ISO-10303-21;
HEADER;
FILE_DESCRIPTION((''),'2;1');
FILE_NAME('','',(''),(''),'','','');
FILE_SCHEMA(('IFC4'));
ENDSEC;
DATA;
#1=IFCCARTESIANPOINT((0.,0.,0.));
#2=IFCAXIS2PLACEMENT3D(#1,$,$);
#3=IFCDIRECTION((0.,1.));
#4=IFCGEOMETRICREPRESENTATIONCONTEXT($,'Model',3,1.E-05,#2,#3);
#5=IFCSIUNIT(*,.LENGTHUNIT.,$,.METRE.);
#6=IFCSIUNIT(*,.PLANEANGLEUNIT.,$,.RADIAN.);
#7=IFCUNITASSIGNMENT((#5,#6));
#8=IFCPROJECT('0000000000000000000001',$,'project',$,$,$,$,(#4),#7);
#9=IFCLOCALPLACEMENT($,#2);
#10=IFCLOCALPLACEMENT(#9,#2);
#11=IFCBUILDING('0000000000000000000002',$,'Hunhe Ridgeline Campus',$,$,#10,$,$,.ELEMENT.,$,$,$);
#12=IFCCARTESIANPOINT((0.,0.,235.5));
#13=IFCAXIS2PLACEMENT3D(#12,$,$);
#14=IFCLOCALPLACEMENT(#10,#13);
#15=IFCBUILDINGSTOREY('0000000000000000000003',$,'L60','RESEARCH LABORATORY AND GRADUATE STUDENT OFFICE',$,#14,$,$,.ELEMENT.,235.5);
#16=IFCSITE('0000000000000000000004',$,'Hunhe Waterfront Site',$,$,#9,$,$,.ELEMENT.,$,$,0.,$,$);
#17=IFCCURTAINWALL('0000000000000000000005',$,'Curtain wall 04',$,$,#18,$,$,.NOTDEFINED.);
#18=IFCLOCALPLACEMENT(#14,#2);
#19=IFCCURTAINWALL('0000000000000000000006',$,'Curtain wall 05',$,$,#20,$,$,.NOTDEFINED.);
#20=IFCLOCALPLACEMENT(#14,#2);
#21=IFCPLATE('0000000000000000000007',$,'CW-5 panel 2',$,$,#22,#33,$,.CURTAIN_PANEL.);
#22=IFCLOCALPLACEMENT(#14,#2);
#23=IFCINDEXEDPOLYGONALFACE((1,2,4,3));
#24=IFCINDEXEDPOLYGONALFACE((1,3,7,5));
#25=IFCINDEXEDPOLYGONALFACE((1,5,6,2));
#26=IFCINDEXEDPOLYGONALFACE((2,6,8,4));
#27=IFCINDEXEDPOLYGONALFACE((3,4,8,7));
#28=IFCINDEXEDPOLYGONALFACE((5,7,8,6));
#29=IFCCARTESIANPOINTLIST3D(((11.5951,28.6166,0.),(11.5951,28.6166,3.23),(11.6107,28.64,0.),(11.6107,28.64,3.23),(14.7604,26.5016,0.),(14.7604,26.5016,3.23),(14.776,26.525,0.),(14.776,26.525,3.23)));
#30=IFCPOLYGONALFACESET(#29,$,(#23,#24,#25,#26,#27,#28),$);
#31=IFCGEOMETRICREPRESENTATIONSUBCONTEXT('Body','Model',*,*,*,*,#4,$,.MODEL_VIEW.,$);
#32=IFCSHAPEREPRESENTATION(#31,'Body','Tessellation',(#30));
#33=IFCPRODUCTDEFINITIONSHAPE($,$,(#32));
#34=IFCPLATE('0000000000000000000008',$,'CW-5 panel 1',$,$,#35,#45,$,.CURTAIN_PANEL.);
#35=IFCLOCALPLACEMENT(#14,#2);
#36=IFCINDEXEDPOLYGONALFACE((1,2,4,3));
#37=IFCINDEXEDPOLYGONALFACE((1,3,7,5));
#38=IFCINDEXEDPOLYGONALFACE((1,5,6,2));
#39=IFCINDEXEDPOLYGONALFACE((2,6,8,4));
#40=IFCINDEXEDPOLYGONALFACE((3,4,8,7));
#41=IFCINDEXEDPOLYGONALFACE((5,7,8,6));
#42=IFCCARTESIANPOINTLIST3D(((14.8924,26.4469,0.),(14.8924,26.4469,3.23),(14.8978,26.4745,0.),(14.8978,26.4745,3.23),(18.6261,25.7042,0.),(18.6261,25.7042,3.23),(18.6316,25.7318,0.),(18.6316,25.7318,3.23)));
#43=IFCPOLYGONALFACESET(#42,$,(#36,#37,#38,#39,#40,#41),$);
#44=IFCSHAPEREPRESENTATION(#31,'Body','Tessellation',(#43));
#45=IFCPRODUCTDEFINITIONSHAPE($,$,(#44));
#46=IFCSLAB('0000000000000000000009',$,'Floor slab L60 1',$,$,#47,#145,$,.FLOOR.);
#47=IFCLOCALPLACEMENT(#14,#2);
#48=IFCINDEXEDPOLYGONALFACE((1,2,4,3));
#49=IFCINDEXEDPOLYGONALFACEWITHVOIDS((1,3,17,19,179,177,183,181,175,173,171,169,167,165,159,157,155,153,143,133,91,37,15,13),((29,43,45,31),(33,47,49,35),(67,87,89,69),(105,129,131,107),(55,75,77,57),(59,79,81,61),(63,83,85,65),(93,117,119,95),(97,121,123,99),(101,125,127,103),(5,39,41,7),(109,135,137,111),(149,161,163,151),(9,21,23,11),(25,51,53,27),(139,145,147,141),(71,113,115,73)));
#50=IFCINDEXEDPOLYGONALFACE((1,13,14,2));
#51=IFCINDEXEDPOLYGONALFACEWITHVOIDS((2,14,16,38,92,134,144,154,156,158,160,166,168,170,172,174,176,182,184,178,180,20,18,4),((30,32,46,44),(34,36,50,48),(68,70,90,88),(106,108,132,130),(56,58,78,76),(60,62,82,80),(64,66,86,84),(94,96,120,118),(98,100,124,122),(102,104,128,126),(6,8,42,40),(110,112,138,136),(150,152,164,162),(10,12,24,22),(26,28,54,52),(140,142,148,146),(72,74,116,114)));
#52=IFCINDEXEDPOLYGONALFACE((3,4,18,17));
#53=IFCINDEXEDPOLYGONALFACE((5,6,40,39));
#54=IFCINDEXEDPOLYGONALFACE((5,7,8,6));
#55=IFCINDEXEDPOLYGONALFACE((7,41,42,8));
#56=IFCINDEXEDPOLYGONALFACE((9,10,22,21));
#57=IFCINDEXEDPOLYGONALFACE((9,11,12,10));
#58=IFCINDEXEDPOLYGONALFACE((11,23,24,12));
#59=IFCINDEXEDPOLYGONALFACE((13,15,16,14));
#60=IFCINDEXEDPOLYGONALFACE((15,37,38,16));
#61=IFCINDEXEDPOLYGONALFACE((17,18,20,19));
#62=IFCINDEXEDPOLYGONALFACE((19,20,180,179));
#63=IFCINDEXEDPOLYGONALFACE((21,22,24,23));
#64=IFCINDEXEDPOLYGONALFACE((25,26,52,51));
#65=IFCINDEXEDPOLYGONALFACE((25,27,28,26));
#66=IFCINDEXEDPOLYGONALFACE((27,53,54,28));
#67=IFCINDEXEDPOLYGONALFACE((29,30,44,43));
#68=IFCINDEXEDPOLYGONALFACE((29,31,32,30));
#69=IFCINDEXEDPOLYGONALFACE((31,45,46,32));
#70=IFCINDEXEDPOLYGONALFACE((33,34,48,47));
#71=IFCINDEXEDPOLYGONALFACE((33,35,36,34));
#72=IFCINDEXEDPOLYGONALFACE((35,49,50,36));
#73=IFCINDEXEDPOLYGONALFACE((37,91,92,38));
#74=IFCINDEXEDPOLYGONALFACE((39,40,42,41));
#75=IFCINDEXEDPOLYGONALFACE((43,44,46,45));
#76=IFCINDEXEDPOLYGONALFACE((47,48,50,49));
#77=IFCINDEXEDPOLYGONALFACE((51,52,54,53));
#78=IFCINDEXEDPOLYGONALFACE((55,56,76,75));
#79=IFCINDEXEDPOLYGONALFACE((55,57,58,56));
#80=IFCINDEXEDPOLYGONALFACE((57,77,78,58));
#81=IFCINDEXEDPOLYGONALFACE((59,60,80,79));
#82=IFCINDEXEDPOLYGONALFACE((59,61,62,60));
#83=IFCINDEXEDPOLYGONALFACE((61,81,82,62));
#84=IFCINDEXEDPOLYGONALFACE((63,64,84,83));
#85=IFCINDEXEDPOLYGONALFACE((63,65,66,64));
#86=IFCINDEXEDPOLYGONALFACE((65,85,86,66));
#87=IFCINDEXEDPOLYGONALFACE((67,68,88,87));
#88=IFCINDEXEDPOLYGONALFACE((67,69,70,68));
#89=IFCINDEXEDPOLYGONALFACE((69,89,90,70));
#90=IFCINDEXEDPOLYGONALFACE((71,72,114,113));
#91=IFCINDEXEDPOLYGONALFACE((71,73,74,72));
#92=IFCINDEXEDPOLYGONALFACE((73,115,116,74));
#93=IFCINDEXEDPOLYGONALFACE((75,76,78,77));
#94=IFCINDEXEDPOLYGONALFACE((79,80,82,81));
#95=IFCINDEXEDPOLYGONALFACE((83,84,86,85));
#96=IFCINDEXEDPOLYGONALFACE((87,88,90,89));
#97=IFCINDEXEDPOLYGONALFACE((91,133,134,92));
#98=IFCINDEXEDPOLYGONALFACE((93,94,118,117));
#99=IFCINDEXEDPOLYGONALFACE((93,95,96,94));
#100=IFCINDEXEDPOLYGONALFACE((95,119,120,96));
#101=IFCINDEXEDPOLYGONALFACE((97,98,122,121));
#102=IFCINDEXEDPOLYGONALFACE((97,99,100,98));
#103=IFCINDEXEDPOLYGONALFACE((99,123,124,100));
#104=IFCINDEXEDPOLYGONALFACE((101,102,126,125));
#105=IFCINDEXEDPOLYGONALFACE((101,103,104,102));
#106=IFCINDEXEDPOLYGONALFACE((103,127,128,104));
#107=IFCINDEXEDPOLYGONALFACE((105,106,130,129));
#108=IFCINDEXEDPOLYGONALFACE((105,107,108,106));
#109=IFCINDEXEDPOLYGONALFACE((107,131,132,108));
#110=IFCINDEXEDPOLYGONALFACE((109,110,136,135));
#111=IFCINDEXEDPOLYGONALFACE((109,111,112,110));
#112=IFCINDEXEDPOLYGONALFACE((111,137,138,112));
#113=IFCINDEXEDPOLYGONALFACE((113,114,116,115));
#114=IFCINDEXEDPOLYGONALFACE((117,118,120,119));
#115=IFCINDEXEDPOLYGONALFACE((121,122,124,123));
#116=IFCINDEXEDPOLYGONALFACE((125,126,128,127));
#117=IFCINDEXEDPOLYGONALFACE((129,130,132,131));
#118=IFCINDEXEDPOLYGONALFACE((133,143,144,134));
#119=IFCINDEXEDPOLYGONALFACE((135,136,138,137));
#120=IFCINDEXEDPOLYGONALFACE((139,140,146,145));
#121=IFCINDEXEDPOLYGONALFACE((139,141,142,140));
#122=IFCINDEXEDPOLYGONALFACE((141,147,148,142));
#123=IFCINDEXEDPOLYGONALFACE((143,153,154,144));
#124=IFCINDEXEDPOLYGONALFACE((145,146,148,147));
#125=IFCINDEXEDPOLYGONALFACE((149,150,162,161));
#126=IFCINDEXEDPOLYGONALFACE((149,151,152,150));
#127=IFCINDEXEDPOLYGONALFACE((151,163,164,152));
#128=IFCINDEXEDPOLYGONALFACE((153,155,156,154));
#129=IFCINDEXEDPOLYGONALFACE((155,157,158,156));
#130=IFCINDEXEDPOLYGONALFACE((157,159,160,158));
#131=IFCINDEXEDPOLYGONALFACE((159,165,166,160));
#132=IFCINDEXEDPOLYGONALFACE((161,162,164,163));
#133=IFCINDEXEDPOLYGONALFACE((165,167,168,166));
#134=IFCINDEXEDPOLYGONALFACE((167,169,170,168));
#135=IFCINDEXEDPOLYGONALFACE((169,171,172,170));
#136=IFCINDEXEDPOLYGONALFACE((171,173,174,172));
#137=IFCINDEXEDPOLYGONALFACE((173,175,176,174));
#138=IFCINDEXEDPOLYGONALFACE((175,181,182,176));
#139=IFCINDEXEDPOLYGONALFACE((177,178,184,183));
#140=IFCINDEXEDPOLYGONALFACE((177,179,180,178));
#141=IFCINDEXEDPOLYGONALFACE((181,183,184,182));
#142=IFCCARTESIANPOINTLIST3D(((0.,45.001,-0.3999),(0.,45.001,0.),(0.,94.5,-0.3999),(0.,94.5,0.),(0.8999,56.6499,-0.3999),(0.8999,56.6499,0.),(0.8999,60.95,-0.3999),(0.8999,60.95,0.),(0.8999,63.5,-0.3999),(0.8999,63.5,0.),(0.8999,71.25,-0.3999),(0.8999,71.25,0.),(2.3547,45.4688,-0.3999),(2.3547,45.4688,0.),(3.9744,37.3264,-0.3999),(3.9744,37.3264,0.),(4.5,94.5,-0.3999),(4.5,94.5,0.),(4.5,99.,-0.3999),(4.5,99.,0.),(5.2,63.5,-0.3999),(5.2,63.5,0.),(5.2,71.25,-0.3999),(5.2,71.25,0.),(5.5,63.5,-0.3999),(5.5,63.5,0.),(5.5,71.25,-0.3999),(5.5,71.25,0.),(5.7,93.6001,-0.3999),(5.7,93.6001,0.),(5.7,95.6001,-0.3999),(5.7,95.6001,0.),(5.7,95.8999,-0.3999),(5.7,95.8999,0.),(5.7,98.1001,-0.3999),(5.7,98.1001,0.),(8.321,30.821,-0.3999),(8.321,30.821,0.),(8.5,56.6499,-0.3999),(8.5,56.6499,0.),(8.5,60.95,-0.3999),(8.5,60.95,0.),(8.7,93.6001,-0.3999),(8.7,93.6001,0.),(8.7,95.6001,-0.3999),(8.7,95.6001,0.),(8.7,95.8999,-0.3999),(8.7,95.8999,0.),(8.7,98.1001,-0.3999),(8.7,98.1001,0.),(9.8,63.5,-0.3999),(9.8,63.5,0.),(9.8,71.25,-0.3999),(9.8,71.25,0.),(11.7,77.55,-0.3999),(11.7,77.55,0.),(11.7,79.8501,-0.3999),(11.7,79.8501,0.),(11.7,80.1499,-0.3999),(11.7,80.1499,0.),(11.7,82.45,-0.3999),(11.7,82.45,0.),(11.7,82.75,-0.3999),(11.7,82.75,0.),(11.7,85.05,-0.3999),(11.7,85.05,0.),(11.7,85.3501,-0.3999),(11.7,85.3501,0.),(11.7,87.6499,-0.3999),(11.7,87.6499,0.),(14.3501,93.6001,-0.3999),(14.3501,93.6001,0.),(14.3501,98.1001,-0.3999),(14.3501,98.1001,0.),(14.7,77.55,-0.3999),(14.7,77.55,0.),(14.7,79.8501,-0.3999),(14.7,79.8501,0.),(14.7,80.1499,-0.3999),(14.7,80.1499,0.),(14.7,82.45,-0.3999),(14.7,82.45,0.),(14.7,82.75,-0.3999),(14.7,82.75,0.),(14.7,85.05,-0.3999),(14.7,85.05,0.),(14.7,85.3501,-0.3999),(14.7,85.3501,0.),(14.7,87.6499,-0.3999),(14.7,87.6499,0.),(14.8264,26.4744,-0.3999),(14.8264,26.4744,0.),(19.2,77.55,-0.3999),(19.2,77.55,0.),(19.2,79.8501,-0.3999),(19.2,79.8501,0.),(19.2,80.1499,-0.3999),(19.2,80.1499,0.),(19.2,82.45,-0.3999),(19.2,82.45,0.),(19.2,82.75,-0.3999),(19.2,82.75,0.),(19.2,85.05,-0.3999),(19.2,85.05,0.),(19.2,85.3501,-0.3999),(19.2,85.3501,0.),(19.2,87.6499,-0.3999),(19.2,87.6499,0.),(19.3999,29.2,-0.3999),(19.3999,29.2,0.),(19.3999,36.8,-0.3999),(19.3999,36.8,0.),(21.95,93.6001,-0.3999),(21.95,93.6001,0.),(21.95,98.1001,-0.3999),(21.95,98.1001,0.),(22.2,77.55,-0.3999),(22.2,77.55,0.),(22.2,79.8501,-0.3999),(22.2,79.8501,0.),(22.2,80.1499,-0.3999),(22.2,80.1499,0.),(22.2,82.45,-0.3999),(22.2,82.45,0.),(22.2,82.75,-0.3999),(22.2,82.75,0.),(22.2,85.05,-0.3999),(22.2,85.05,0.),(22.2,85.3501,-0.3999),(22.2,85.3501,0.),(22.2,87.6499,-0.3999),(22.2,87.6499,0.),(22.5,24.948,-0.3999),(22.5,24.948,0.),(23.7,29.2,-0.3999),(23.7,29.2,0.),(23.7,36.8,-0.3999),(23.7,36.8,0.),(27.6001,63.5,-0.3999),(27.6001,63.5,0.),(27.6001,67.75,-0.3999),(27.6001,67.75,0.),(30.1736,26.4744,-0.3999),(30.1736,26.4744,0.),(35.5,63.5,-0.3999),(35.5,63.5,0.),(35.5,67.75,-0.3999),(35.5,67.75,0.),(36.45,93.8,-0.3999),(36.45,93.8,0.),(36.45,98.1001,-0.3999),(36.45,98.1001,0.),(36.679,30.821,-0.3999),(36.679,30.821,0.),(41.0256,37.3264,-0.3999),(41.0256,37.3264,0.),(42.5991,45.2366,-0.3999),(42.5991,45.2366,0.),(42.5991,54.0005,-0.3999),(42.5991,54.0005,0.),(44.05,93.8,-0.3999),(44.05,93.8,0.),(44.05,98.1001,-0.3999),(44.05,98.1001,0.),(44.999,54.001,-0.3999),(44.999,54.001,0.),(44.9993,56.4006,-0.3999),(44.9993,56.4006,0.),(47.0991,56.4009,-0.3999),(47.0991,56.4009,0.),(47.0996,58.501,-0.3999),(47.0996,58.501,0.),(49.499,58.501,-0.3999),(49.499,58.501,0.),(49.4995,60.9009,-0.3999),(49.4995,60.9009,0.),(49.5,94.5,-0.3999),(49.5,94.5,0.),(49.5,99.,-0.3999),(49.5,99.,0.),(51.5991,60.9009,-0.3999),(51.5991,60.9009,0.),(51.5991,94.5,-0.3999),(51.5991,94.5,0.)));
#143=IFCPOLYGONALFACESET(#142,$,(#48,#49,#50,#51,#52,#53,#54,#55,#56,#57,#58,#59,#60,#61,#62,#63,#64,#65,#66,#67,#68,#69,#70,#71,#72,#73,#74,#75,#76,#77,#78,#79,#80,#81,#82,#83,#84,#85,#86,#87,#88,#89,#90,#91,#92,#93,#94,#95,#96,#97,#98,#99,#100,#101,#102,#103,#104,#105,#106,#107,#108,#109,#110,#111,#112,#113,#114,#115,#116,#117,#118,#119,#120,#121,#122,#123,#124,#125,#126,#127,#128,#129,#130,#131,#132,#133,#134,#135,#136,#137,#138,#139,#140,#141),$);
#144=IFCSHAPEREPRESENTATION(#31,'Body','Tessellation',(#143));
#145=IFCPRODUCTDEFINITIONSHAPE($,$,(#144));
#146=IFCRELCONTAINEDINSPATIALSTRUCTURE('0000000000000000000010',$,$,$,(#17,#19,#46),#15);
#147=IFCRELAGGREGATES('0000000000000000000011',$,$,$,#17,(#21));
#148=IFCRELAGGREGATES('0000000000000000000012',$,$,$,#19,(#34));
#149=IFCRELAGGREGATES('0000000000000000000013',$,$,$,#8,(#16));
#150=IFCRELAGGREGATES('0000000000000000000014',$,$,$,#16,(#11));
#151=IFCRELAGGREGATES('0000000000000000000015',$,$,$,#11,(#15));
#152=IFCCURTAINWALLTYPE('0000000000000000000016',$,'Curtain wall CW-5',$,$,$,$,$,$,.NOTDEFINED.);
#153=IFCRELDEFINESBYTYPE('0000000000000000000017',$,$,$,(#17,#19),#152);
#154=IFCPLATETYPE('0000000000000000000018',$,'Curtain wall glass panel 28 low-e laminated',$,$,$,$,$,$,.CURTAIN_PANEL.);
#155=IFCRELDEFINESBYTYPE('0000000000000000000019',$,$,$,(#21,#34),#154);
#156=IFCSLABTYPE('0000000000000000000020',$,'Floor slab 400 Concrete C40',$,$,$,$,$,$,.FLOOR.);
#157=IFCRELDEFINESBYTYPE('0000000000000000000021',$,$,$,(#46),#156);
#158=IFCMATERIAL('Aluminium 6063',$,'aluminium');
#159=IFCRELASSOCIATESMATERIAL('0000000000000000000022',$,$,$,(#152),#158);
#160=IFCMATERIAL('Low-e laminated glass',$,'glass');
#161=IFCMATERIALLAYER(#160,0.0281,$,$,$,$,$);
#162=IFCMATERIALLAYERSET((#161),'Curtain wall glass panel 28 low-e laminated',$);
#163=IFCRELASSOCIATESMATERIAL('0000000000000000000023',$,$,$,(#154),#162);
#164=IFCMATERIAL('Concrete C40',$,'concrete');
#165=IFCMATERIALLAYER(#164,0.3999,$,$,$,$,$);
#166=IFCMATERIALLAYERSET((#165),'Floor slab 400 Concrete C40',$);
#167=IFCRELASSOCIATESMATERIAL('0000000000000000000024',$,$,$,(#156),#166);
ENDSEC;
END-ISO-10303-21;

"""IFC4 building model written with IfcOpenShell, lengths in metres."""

from ifc_helpers import new_model, si_unit, direction, frame, origin, origin_2d, place, context, subcontext, project, spatial, polyline, rectangle, outline, extrude, material, layer, layer_set, type_object, element, aggregate, save


model = new_model("IFC4")

# Units and contexts
model_context = context("Model", 3, precision=1e-05, world=origin(), true_north=direction((0.0, 1.0)))
body_context = subcontext(model_context, "Body", "Model", "MODEL_VIEW")
ifc_project = project(units=[si_unit("LENGTHUNIT", "METRE"), si_unit("PLANEANGLEUNIT", "RADIAN")], contexts=[model_context])

# Site, building, storey
site_placement = place(None, origin())
site = spatial("IfcSite", under=ifc_project, at=site_placement, Name="Hunhe Waterfront Site", CompositionType="ELEMENT", RefElevation=0.0)
building_placement = place(site_placement, origin())
building = spatial("IfcBuilding", under=site, at=building_placement, Name="Hunhe Ridgeline Campus", CompositionType="ELEMENT")
storey_placement = place(building_placement, frame((0.0, 0.0, 235.5)))
storey = spatial("IfcBuildingStorey", under=building, at=storey_placement, Name="L60", Description="RESEARCH LABORATORY AND GRADUATE STUDENT OFFICE", CompositionType="ELEMENT", Elevation=235.5)

# Shared definitions
ifc_material_1 = material(Name="Aluminium 6063", Category="aluminium")
curtain_wall_type = type_object("IfcCurtainWallType", Name="Curtain wall CW-5", PredefinedType="NOTDEFINED", material=ifc_material_1)

# Curtain walls
curtain_wall_1_placement = place(storey_placement, origin())
curtain_wall_1 = element("IfcCurtainWall", 1, at=curtain_wall_1_placement, inside=storey, type_object=curtain_wall_type, Name="Curtain wall 04", PredefinedType="NOTDEFINED")
curtain_wall_2_placement = place(storey_placement, origin())
curtain_wall_2 = element("IfcCurtainWall", 2, at=curtain_wall_2_placement, inside=storey, type_object=curtain_wall_type, Name="Curtain wall 05", PredefinedType="NOTDEFINED")

# Plates
ifc_material_2 = material(Name="Low-e laminated glass", Category="glass")
ifc_layer_1 = layer(ifc_material_2, 0.0281)
ifc_layer_set_1 = layer_set([ifc_layer_1], Name="Curtain wall glass panel 28 low-e laminated")
plate_type = type_object("IfcPlateType", Name="Curtain wall glass panel 28 low-e laminated", PredefinedType="CURTAIN_PANEL", material=ifc_layer_set_1)
plate_1_placement = place(storey_placement, frame((13.1855, 27.5708, 0.0), z_axis=(0.0, 0.0, 1.0), x_axis=(0.83147, -0.55557, 0.0)))
plate_1 = element("IfcPlate", 3, at=plate_1_placement, type_object=plate_type, Name="CW-5 panel 2", PredefinedType="CURTAIN_PANEL", context=body_context, shape_type="SweptSolid", body=[
    extrude(rectangle(XDim=3.8069, YDim=0.0281, at=origin_2d()), origin(), (0.0, 0.0, 1.0), 3.23),
])
aggregate(curtain_wall_1, [plate_1])
plate_2_placement = place(storey_placement, frame((16.762, 26.0894, 0.0), z_axis=(0.0, 0.0, 1.0), x_axis=(0.980785, -0.19509, 0.0)))
plate_2 = element("IfcPlate", 4, at=plate_2_placement, type_object=plate_type, Name="CW-5 panel 1", PredefinedType="CURTAIN_PANEL", context=body_context, shape_type="SweptSolid", body=[
    extrude(rectangle(XDim=3.8069, YDim=0.0281, at=origin_2d()), origin(), (0.0, 0.0, 1.0), 3.23),
])
aggregate(curtain_wall_2, [plate_2])

# Slab
ifc_material_3 = material(Name="Concrete C40", Category="concrete")
ifc_layer_2 = layer(ifc_material_3, 0.3999)
ifc_layer_set_2 = layer_set([ifc_layer_2], Name="Floor slab 400 Concrete C40")
slab_type_1 = type_object("IfcSlabType", Name="Floor slab 400 Concrete C40", PredefinedType="FLOOR", material=ifc_layer_set_2)
slab_1_placement = place(storey_placement, frame((0.0, 0.0, -0.3999)))
element("IfcSlab", 5, at=slab_1_placement, inside=storey, type_object=slab_type_1, Name="Floor slab L60 1", PredefinedType="FLOOR", context=body_context, shape_type="SweptSolid", body=[
    extrude(outline(polyline([(36.679, 30.821), (41.0256, 37.3264), (42.5991, 45.2366), (42.5991, 54.0005), (44.999, 54.001), (44.9993, 56.4006), (47.0991, 56.4009), (47.0996, 58.501), (49.499, 58.501), (49.4995, 60.9009), (51.5991, 60.9009), (51.5991, 94.5), (49.5, 94.5), (49.5, 99.0), (4.5, 99.0), (4.5, 94.5), (0.0, 94.5), (0.0, 45.001), (2.3547, 45.4688), (3.9744, 37.3264), (8.321, 30.821), (14.8264, 26.4744), (22.5, 24.948), (30.1736, 26.4744), (36.679, 30.821)]), holes=[polyline([(36.45, 98.1001), (36.45, 93.8), (44.05, 93.8), (44.05, 98.1001), (36.45, 98.1001)]), polyline([(27.6001, 63.5), (35.5, 63.5), (35.5, 67.75), (27.6001, 67.75), (27.6001, 63.5)]), polyline([(19.3999, 36.8), (19.3999, 29.2), (23.7, 29.2), (23.7, 36.8), (19.3999, 36.8)]), polyline([(22.2, 87.6499), (19.2, 87.6499), (19.2, 85.3501), (22.2, 85.3501), (22.2, 87.6499)]), polyline([(22.2, 77.55), (22.2, 79.8501), (19.2, 79.8501), (19.2, 77.55), (22.2, 77.55)]), polyline([(19.2, 85.05), (19.2, 82.75), (22.2, 82.75), (22.2, 85.05), (19.2, 85.05)]), polyline([(19.2, 80.1499), (22.2, 80.1499), (22.2, 82.45), (19.2, 82.45), (19.2, 80.1499)]), polyline([(14.3501, 98.1001), (14.3501, 93.6001), (21.95, 93.6001), (21.95, 98.1001), (14.3501, 98.1001)]), polyline([(14.7, 87.6499), (11.7, 87.6499), (11.7, 85.3501), (14.7, 85.3501), (14.7, 87.6499)]), polyline([(14.7, 77.55), (14.7, 79.8501), (11.7, 79.8501), (11.7, 77.55), (14.7, 77.55)]), polyline([(11.7, 85.05), (11.7, 82.75), (14.7, 82.75), (14.7, 85.05), (11.7, 85.05)]), polyline([(11.7, 80.1499), (14.7, 80.1499), (14.7, 82.45), (11.7, 82.45), (11.7, 80.1499)]), polyline([(9.8, 63.5), (9.8, 71.25), (5.5, 71.25), (5.5, 63.5), (9.8, 63.5)]), polyline([(8.7, 93.6001), (8.7, 95.6001), (5.7, 95.6001), (5.7, 93.6001), (8.7, 93.6001)]), polyline([(5.7, 95.8999), (8.7, 95.8999), (8.7, 98.1001), (5.7, 98.1001), (5.7, 95.8999)]), polyline([(0.8999, 60.95), (0.8999, 56.6499), (8.5, 56.6499), (8.5, 60.95), (0.8999, 60.95)]), polyline([(5.2, 71.25), (0.8999, 71.25), (0.8999, 63.5), (5.2, 63.5), (5.2, 71.25)])]), origin(), (0.0, 0.0, 1.0), 0.3999),
])

save(model, "model.ifc")
